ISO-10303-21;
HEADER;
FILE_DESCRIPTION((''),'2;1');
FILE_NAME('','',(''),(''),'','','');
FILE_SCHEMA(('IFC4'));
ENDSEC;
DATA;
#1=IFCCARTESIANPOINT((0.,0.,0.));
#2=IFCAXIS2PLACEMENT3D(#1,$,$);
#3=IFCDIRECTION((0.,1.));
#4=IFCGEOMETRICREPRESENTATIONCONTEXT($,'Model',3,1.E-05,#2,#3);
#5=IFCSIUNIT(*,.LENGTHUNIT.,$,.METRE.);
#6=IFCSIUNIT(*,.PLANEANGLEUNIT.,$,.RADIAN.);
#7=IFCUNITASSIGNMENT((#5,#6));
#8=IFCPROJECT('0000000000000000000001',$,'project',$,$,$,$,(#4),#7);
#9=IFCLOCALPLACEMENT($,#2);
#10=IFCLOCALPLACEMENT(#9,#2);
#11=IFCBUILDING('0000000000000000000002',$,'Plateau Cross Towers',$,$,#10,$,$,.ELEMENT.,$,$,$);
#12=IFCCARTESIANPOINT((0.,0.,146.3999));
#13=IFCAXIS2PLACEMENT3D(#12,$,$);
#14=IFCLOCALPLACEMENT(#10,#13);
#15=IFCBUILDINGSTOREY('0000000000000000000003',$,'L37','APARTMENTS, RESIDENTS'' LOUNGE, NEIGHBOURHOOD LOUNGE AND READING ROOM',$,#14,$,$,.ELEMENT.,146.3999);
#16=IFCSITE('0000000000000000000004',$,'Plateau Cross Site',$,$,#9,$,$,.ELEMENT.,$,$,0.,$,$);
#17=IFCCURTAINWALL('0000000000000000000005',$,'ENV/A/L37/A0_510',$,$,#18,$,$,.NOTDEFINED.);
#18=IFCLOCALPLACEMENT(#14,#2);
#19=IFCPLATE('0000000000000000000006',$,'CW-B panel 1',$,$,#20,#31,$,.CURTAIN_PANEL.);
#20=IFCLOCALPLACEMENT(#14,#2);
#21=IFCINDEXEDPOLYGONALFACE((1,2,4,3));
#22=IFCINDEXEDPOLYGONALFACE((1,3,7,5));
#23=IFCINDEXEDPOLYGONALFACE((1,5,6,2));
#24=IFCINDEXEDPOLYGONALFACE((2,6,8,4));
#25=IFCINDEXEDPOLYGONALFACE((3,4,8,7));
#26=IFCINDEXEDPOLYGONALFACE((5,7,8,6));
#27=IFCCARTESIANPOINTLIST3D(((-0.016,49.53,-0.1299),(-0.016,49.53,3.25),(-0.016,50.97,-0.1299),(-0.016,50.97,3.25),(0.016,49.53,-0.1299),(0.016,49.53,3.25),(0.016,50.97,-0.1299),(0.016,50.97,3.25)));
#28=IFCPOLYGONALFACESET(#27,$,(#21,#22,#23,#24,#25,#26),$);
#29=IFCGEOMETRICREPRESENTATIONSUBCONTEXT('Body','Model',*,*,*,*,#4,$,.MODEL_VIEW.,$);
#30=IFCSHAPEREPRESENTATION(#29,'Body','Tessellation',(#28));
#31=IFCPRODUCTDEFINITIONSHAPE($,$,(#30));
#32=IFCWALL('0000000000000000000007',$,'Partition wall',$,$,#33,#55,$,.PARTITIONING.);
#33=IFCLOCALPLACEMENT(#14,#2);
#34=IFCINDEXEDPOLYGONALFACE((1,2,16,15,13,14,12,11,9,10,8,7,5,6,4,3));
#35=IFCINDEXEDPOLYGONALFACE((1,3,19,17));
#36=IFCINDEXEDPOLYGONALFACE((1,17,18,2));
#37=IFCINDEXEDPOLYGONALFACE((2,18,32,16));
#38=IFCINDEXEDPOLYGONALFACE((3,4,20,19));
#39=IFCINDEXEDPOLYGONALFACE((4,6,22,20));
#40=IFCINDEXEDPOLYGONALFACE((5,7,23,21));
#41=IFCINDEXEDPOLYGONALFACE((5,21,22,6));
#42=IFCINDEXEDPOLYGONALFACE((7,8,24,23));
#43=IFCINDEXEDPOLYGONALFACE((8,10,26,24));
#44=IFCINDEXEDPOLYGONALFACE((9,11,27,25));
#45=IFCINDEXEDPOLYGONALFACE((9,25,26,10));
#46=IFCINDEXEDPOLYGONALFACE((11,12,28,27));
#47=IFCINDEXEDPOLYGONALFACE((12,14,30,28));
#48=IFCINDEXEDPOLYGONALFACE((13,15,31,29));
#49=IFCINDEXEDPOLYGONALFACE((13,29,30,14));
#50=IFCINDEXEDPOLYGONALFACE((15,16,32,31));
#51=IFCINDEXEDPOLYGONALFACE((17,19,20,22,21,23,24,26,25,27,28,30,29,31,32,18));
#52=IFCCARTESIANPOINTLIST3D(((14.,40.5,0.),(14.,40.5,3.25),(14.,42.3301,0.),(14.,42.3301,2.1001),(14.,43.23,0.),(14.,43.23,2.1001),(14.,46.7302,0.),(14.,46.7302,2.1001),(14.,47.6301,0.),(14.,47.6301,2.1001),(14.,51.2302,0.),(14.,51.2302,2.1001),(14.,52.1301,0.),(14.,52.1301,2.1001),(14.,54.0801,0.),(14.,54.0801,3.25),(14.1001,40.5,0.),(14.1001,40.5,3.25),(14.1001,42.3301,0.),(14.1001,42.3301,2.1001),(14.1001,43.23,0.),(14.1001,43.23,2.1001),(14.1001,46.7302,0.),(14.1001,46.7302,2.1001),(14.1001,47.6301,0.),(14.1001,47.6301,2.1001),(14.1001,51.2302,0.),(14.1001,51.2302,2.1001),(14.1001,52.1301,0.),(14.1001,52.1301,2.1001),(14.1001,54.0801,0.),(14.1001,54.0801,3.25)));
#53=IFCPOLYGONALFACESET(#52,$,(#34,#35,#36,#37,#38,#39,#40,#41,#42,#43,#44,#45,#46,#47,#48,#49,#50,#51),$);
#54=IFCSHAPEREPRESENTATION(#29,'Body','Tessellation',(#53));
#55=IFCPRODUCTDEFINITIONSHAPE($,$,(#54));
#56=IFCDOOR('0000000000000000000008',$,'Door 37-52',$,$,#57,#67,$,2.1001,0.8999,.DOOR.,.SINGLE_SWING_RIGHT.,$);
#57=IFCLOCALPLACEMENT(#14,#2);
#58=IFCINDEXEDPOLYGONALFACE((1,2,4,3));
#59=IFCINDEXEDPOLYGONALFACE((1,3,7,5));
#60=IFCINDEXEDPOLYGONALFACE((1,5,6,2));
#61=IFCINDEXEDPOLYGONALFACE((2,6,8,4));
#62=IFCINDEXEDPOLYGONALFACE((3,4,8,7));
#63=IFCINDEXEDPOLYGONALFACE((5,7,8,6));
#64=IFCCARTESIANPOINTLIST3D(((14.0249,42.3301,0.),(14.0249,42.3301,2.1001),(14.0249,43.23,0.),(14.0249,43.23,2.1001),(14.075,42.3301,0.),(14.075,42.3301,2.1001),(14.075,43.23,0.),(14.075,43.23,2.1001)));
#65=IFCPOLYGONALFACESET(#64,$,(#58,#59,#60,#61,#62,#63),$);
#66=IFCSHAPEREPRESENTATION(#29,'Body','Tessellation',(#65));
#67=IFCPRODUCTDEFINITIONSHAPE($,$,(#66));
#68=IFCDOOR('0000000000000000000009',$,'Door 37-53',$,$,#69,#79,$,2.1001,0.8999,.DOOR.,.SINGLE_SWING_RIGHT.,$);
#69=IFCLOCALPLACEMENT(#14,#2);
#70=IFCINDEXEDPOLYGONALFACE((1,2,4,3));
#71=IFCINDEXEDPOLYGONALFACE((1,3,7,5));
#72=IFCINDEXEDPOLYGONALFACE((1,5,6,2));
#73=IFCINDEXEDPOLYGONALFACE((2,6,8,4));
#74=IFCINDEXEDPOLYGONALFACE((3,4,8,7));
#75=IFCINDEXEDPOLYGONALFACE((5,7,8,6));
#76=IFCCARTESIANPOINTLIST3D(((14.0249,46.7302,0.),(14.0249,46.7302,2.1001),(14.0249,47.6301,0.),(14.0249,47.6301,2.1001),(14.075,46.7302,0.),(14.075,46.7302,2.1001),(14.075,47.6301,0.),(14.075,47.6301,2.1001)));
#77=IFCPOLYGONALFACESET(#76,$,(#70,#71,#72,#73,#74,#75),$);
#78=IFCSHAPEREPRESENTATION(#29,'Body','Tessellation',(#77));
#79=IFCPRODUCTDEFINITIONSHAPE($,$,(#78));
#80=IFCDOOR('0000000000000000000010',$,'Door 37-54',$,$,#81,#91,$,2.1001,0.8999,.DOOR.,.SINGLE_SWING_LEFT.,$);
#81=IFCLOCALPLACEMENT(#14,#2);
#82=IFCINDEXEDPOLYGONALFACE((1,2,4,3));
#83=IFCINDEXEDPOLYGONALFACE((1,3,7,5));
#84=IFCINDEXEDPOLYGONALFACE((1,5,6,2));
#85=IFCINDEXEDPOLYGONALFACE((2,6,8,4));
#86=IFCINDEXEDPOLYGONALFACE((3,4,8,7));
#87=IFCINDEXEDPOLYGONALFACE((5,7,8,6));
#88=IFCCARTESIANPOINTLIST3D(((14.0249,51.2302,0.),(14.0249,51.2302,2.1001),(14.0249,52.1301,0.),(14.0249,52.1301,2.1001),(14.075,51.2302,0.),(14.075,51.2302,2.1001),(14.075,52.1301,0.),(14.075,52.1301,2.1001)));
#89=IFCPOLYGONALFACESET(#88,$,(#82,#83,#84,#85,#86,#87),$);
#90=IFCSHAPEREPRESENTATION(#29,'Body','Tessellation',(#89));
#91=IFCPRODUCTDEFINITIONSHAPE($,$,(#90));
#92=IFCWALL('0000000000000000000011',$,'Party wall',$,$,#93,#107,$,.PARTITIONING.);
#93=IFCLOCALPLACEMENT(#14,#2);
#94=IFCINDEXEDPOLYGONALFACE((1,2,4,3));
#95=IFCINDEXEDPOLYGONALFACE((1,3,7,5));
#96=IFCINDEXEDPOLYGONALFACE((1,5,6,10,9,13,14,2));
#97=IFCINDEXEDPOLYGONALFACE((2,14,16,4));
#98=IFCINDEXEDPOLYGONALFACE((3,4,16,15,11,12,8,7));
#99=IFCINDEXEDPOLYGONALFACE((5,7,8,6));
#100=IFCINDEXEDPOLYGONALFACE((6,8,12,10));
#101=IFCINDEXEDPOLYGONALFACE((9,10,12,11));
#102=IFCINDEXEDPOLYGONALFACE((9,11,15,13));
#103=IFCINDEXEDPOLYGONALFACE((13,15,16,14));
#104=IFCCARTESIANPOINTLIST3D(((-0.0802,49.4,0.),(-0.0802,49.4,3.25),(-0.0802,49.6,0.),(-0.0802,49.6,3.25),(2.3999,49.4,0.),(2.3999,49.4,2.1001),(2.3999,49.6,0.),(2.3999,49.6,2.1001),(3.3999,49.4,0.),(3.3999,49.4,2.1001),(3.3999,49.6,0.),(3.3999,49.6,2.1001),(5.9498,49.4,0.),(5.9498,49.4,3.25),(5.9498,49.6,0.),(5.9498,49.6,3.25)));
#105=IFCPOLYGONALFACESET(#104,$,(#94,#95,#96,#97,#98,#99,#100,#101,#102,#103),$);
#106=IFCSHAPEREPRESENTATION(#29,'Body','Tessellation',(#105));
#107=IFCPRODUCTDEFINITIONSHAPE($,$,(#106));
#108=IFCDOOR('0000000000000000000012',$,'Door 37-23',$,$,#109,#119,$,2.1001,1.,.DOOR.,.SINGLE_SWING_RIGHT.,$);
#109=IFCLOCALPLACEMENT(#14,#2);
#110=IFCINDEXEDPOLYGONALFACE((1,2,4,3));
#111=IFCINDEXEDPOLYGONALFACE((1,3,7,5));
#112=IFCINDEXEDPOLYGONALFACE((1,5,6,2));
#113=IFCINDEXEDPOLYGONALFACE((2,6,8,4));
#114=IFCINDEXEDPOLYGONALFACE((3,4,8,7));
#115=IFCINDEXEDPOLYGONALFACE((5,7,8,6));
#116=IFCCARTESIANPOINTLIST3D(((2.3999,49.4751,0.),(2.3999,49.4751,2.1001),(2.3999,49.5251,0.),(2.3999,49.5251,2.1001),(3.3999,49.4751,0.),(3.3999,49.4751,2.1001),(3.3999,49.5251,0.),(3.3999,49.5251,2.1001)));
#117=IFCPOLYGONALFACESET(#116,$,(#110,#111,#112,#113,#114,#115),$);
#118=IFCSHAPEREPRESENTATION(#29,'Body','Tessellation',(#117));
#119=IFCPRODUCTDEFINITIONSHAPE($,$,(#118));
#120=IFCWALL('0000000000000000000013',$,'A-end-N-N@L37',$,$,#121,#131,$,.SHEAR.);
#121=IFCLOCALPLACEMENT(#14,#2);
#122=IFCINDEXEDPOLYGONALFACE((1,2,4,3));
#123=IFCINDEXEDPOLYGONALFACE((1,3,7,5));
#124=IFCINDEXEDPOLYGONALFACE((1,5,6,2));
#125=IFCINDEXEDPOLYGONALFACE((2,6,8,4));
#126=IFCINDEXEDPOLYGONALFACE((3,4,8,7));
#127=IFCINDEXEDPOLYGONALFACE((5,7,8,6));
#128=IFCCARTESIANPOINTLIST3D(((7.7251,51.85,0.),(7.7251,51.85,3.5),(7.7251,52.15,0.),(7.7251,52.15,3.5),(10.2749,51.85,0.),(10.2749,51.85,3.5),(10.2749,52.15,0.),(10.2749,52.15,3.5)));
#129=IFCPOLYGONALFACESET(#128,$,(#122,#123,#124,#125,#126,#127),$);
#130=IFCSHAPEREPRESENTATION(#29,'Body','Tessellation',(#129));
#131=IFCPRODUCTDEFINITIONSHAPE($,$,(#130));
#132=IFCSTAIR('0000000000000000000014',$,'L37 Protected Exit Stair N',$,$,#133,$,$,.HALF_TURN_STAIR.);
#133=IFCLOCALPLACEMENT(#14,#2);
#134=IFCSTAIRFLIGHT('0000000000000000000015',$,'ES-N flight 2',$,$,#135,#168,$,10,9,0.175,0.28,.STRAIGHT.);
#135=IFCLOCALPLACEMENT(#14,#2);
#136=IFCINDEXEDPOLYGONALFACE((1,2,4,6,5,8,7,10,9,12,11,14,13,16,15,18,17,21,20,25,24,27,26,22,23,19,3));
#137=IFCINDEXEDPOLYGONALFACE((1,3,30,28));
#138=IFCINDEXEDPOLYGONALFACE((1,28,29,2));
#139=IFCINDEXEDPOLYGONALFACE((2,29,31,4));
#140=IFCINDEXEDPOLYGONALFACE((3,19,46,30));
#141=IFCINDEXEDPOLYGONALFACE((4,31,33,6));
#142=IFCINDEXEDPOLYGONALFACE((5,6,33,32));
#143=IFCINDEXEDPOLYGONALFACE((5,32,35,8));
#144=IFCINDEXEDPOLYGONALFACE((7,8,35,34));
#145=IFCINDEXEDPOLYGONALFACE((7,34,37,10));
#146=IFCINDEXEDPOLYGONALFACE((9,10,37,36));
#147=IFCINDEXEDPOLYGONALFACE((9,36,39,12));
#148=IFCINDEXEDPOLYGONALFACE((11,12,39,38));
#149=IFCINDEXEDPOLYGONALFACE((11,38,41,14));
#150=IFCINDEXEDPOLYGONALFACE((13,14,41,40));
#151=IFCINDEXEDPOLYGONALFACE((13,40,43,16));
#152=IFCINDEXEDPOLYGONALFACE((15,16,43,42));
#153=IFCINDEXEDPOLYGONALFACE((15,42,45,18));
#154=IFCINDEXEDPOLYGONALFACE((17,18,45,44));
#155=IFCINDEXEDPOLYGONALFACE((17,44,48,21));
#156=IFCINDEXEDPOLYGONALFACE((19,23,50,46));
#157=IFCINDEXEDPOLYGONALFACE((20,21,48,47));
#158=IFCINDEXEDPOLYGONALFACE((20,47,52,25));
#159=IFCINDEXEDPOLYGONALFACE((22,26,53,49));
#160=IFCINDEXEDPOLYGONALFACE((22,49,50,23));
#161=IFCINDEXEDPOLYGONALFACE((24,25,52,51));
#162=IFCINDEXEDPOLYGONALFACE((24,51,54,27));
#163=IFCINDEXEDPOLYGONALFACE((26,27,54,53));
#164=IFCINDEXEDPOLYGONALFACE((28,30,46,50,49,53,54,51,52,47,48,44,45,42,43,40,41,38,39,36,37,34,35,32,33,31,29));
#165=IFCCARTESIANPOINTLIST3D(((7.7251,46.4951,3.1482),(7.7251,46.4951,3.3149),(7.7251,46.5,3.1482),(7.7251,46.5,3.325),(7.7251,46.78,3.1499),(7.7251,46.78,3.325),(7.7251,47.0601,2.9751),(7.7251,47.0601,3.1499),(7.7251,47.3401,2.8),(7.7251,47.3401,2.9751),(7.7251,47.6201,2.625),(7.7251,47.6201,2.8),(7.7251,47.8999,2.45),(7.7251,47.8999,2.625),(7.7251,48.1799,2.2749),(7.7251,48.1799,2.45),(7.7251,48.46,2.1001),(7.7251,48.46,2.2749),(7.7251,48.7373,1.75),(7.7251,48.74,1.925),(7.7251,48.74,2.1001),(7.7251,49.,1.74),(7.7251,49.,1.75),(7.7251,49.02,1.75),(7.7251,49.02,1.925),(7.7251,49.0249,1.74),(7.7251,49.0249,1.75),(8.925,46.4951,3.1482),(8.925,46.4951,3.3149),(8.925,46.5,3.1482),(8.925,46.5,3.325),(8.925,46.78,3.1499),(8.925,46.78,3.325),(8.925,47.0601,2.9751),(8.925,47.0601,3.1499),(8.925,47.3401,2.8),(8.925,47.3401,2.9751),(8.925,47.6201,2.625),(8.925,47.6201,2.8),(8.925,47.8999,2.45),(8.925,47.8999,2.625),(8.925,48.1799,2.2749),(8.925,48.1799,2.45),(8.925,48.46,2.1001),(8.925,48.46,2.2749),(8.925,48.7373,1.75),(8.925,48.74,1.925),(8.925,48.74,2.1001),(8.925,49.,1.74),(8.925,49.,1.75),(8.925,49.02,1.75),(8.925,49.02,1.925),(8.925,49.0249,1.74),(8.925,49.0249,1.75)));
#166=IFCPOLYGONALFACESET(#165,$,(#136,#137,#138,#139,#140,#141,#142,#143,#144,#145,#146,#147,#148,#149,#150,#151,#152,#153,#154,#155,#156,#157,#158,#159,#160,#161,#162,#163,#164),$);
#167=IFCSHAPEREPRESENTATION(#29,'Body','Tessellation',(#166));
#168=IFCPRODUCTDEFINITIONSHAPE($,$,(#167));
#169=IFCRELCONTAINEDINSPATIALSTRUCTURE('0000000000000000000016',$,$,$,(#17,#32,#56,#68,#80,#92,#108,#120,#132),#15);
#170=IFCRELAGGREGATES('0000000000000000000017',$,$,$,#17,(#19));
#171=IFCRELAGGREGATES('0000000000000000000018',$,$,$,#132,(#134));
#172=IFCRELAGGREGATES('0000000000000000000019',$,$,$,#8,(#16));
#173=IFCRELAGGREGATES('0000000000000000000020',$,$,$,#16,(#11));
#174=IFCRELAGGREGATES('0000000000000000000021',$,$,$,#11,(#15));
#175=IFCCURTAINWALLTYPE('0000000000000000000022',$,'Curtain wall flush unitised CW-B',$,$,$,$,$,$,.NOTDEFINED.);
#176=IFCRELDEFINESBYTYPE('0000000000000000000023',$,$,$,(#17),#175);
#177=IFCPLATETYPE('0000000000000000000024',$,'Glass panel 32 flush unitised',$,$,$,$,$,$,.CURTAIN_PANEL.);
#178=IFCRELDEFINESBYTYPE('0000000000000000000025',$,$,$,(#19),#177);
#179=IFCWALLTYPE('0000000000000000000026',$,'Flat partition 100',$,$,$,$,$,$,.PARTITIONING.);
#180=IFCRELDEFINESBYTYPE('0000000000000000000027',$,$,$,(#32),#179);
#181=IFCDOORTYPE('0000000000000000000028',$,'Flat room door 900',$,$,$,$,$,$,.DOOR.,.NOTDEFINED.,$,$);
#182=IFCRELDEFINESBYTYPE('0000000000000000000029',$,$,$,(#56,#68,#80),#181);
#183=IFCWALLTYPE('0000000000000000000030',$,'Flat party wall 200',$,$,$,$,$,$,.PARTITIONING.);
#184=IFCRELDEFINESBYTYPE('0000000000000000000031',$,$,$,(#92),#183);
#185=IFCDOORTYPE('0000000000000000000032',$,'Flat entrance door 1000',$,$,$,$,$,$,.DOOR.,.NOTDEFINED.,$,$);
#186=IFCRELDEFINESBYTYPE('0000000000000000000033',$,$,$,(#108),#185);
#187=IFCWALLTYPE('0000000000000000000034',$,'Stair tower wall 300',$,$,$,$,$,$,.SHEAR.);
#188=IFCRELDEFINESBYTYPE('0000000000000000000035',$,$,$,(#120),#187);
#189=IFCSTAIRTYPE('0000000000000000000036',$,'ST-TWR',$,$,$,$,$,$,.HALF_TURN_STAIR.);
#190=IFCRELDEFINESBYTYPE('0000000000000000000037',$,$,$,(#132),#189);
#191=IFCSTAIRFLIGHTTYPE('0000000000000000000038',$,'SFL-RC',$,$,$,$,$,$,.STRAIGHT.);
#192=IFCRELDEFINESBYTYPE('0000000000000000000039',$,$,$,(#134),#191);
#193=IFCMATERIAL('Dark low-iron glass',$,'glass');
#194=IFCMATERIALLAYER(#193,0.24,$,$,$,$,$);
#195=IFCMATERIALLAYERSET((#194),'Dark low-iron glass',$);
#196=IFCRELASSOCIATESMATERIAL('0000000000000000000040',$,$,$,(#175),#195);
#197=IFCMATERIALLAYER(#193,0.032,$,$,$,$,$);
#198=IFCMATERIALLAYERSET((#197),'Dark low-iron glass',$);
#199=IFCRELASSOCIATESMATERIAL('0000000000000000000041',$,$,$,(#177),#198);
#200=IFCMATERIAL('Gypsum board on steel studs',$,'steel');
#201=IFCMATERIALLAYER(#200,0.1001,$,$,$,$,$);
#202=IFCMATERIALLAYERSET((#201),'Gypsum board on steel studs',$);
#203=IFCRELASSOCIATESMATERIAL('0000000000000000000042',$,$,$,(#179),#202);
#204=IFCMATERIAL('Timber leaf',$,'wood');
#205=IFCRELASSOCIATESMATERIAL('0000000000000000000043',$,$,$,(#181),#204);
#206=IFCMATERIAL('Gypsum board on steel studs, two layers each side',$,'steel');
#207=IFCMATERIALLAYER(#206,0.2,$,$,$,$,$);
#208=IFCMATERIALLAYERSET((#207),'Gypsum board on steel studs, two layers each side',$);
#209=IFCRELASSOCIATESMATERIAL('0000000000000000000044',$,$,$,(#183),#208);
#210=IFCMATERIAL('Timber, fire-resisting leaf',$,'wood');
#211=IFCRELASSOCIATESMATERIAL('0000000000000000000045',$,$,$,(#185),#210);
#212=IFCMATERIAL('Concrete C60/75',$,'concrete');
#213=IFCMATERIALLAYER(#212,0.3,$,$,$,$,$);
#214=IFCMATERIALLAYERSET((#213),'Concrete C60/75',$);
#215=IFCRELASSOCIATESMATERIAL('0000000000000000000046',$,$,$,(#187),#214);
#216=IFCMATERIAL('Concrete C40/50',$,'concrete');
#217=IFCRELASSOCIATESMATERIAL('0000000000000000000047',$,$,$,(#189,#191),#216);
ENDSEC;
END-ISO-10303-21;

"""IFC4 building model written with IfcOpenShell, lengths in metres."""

from ifc_helpers import new_model, si_unit, direction, frame, frame_2d, origin, origin_2d, place, context, subcontext, project, spatial, polyline, rectangle, outline, extrude, material, layer, layer_set, type_object, element, fill, aggregate, save


model = new_model("IFC4")

# Units and contexts
model_context = context("Model", 3, precision=1e-05, world=origin(), true_north=direction((0.0, 1.0)))
body_context = subcontext(model_context, "Body", "Model", "MODEL_VIEW")
ifc_project = project(units=[si_unit("LENGTHUNIT", "METRE"), si_unit("PLANEANGLEUNIT", "RADIAN")], contexts=[model_context])

# Site, building, storey
site_placement = place(None, origin())
site = spatial("IfcSite", under=ifc_project, at=site_placement, Name="Plateau Cross Site", CompositionType="ELEMENT", RefElevation=0.0)
building_placement = place(site_placement, origin())
building = spatial("IfcBuilding", under=site, at=building_placement, Name="Plateau Cross Towers", CompositionType="ELEMENT")
storey_placement = place(building_placement, frame((0.0, 0.0, 146.3999)))
storey = spatial("IfcBuildingStorey", under=building, at=storey_placement, Name="L37", Description="APARTMENTS, RESIDENTS' LOUNGE, NEIGHBOURHOOD LOUNGE AND READING ROOM", CompositionType="ELEMENT", Elevation=146.3999)

# Shared definitions
ifc_material_1 = material(Name="Concrete C60/75", Category="concrete")

# Shared definitions
ifc_material_2 = material(Name="Dark low-iron glass", Category="glass")
ifc_layer_1 = layer(ifc_material_2, 0.24)
ifc_layer_set_1 = layer_set([ifc_layer_1], Name="Dark low-iron glass")
curtain_wall_type = type_object("IfcCurtainWallType", Name="Curtain wall flush unitised CW-B", PredefinedType="NOTDEFINED", material=ifc_layer_set_1)

# Curtain wall
curtain_wall_1_placement = place(storey_placement, origin())
curtain_wall_1 = element("IfcCurtainWall", 1, at=curtain_wall_1_placement, inside=storey, type_object=curtain_wall_type, Name="ENV/A/L37/A0_510", PredefinedType="NOTDEFINED")

# Plate
ifc_layer_2 = layer(ifc_material_2, 0.032)
ifc_layer_set_2 = layer_set([ifc_layer_2], Name="Dark low-iron glass")
plate_type = type_object("IfcPlateType", Name="Glass panel 32 flush unitised", PredefinedType="CURTAIN_PANEL", material=ifc_layer_set_2)
plate_1_placement = place(storey_placement, frame((0.0, 50.25, -0.1299), z_axis=(0.0, 0.0, 1.0), x_axis=(0.0, -1.0, 0.0)))
plate_1 = element("IfcPlate", 2, at=plate_1_placement, type_object=plate_type, Name="CW-B panel 1", PredefinedType="CURTAIN_PANEL", context=body_context, shape_type="SweptSolid", body=[
    extrude(rectangle(XDim=1.4399, YDim=0.032, at=origin_2d()), origin(), (0.0, 0.0, 1.0), 3.3799),
])
aggregate(curtain_wall_1, [plate_1])

# Wall, openings, doors
ifc_material_3 = material(Name="Gypsum board on steel studs", Category="steel")
ifc_layer_3 = layer(ifc_material_3, 0.1001)
ifc_layer_set_3 = layer_set([ifc_layer_3], Name="Gypsum board on steel studs")
wall_type_1 = type_object("IfcWallType", Name="Flat partition 100", PredefinedType="PARTITIONING", material=ifc_layer_set_3)
wall_1_placement = place(storey_placement, frame((14.05, 54.0801, 0.0), z_axis=(0.0, 0.0, 1.0), x_axis=(0.0, -1.0, 0.0)))
wall_1 = element("IfcWall", 3, at=wall_1_placement, inside=storey, type_object=wall_type_1, Name="Partition wall", PredefinedType="PARTITIONING", context=body_context, shape_type="SweptSolid", body=[
    extrude(rectangle(XDim=13.5801, YDim=0.1001, at=frame_2d((6.79, 0.0))), origin(), (0.0, 0.0, 1.0), 3.25),
])
opening_1_placement = place(wall_1_placement, frame((10.8501, 0.0, 0.0)))
opening_1 = element("IfcOpeningElement", 4, at=opening_1_placement, cuts=wall_1, PredefinedType="OPENING", context=body_context, shape_type="SweptSolid", body=[
    extrude(rectangle(XDim=0.8999, YDim=2.1001, at=frame_2d((0.45, 1.05))), frame((0.0, 0.0601, 0.0), z_axis=(0.0, -1.0, 0.0), x_axis=(1.0, 0.0, 0.0)), (0.0, 0.0, 1.0), 0.1201),
])
opening_2_placement = place(wall_1_placement, frame((6.45, 0.0, 0.0)))
opening_2 = element("IfcOpeningElement", 5, at=opening_2_placement, cuts=wall_1, PredefinedType="OPENING", context=body_context, shape_type="SweptSolid", body=[
    extrude(rectangle(XDim=0.8999, YDim=2.1001, at=frame_2d((0.45, 1.05))), frame((0.0, 0.0601, 0.0), z_axis=(0.0, -1.0, 0.0), x_axis=(1.0, 0.0, 0.0)), (0.0, 0.0, 1.0), 0.1201),
])
opening_3_placement = place(wall_1_placement, frame((1.95, 0.0, 0.0)))
opening_3 = element("IfcOpeningElement", 6, at=opening_3_placement, cuts=wall_1, PredefinedType="OPENING", context=body_context, shape_type="SweptSolid", body=[
    extrude(rectangle(XDim=0.8999, YDim=2.1001, at=frame_2d((0.45, 1.05))), frame((0.0, 0.0601, 0.0), z_axis=(0.0, -1.0, 0.0), x_axis=(1.0, 0.0, 0.0)), (0.0, 0.0, 1.0), 0.1201),
])
ifc_material_4 = material(Name="Timber leaf", Category="wood")
door_type_1 = type_object("IfcDoorType", Name="Flat room door 900", OperationType="NOTDEFINED", PredefinedType="DOOR", material=ifc_material_4)
door_1_placement = place(opening_1_placement, origin())
door_1 = element("IfcDoor", 7, at=door_1_placement, inside=storey, type_object=door_type_1, Name="Door 37-52", OperationType="SINGLE_SWING_RIGHT", OverallHeight=2.1001, OverallWidth=0.8999, PredefinedType="DOOR", context=body_context, shape_type="SweptSolid", body=[
    extrude(rectangle(XDim=0.8999, YDim=2.1001, at=frame_2d((0.45, 1.05))), frame((0.0, 0.0249, 0.0), z_axis=(0.0, -1.0, 0.0), x_axis=(1.0, 0.0, 0.0)), (0.0, 0.0, 1.0), 0.05),
])
fill(opening_1, door_1)
door_2_placement = place(opening_2_placement, origin())
door_2 = element("IfcDoor", 8, at=door_2_placement, inside=storey, type_object=door_type_1, Name="Door 37-53", OperationType="SINGLE_SWING_RIGHT", OverallHeight=2.1001, OverallWidth=0.8999, PredefinedType="DOOR", context=body_context, shape_type="SweptSolid", body=[
    extrude(rectangle(XDim=0.8999, YDim=2.1001, at=frame_2d((0.45, 1.05))), frame((0.0, 0.0249, 0.0), z_axis=(0.0, -1.0, 0.0), x_axis=(1.0, 0.0, 0.0)), (0.0, 0.0, 1.0), 0.05),
])
fill(opening_2, door_2)
door_3_placement = place(opening_3_placement, origin())
door_3 = element("IfcDoor", 9, at=door_3_placement, inside=storey, type_object=door_type_1, Name="Door 37-54", OperationType="SINGLE_SWING_LEFT", OverallHeight=2.1001, OverallWidth=0.8999, PredefinedType="DOOR", context=body_context, shape_type="SweptSolid", body=[
    extrude(rectangle(XDim=0.8999, YDim=2.1001, at=frame_2d((0.45, 1.05))), frame((0.0, 0.0249, 0.0), z_axis=(0.0, -1.0, 0.0), x_axis=(1.0, 0.0, 0.0)), (0.0, 0.0, 1.0), 0.05),
])
fill(opening_3, door_3)

# Wall, opening, door
ifc_material_5 = material(Name="Gypsum board on steel studs, two layers each side", Category="steel")
ifc_layer_4 = layer(ifc_material_5, 0.2)
ifc_layer_set_4 = layer_set([ifc_layer_4], Name="Gypsum board on steel studs, two layers each side")
wall_type_2 = type_object("IfcWallType", Name="Flat party wall 200", PredefinedType="PARTITIONING", material=ifc_layer_set_4)
wall_2_placement = place(storey_placement, frame((5.95, 49.5, 0.0), z_axis=(0.0, 0.0, 1.0), x_axis=(-1.0, 0.0, 0.0)))
wall_2 = element("IfcWall", 10, at=wall_2_placement, inside=storey, type_object=wall_type_2, Name="Party wall", PredefinedType="PARTITIONING", context=body_context, shape_type="SweptSolid", body=[
    extrude(rectangle(XDim=6.03, YDim=0.2, at=frame_2d((3.0151, 0.0))), origin(), (0.0, 0.0, 1.0), 3.25),
])
opening_4_placement = place(wall_2_placement, frame((2.55, 0.0, 0.0)))
opening_4 = element("IfcOpeningElement", 11, at=opening_4_placement, cuts=wall_2, PredefinedType="OPENING", context=body_context, shape_type="SweptSolid", body=[
    extrude(rectangle(XDim=1.0, YDim=2.1001, at=frame_2d((0.5, 1.05))), frame((0.0, 0.1099, 0.0), z_axis=(0.0, -1.0, 0.0), x_axis=(1.0, 0.0, 0.0)), (0.0, 0.0, 1.0), 0.22),
])
ifc_material_6 = material(Name="Timber, fire-resisting leaf", Category="wood")
door_type_2 = type_object("IfcDoorType", Name="Flat entrance door 1000", OperationType="NOTDEFINED", PredefinedType="DOOR", material=ifc_material_6)
door_4_placement = place(opening_4_placement, origin())
door_4 = element("IfcDoor", 12, at=door_4_placement, inside=storey, type_object=door_type_2, Name="Door 37-23", OperationType="SINGLE_SWING_RIGHT", OverallHeight=2.1001, OverallWidth=1.0, PredefinedType="DOOR", context=body_context, shape_type="SweptSolid", body=[
    extrude(rectangle(XDim=1.0, YDim=2.1001, at=frame_2d((0.5, 1.05))), frame((0.0, 0.0249, 0.0), z_axis=(0.0, -1.0, 0.0), x_axis=(1.0, 0.0, 0.0)), (0.0, 0.0, 1.0), 0.05),
])
fill(opening_4, door_4)

# Wall
ifc_layer_5 = layer(ifc_material_1, 0.3)
ifc_layer_set_5 = layer_set([ifc_layer_5], Name="Concrete C60/75")
wall_type_3 = type_object("IfcWallType", Name="Stair tower wall 300", PredefinedType="SHEAR", material=ifc_layer_set_5)
wall_3_placement = place(storey_placement, frame((7.7251, 52.0, 0.0), z_axis=(0.0, 0.0, 1.0), x_axis=(1.0, 0.0, 0.0)))
element("IfcWall", 13, at=wall_3_placement, inside=storey, type_object=wall_type_3, Name="A-end-N-N@L37", PredefinedType="SHEAR", context=body_context, shape_type="SweptSolid", body=[
    extrude(rectangle(XDim=2.5498, YDim=0.3, at=frame_2d((1.2749, 0.0))), origin(), (0.0, 0.0, 1.0), 3.5),
])

# Stair, stair flight
ifc_material_7 = material(Name="Concrete C40/50", Category="concrete")
stair_type = type_object("IfcStairType", Name="ST-TWR", PredefinedType="HALF_TURN_STAIR", material=ifc_material_7)
stair_placement = place(storey_placement, origin())
stair = element("IfcStair", 14, at=stair_placement, inside=storey, type_object=stair_type, Name="L37 Protected Exit Stair N", PredefinedType="HALF_TURN_STAIR")
stair_flight_type = type_object("IfcStairFlightType", Name="SFL-RC", PredefinedType="STRAIGHT", material=ifc_material_7)
stair_flight_placement = place(storey_placement, frame((8.325, 49.02, 1.75), z_axis=(0.0, 0.0, 1.0), x_axis=(0.0, -1.0, 0.0)))
stair_flight = element("IfcStairFlight", 15, at=stair_flight_placement, type_object=stair_flight_type, Name="ES-N flight 2", NumberOfRisers=10, NumberOfTreads=9, PredefinedType="STRAIGHT", RiserHeight=0.175, TreadLength=0.28, context=body_context, shape_type="SweptSolid", body=[
    extrude(outline(polyline([(-0.0049, -0.01), (-0.0049, 0.0), (0.0, 0.0), (0.0, 0.175), (0.28, 0.175), (0.28, 0.3501), (0.5601, 0.3501), (0.5601, 0.5249), (0.8401, 0.5249), (0.8401, 0.7), (1.1201, 0.7), (1.1201, 0.875), (1.3999, 0.875), (1.3999, 1.05), (1.6799, 1.05), (1.6799, 1.2251), (1.96, 1.2251), (1.96, 1.3999), (2.24, 1.3999), (2.24, 1.575), (2.52, 1.575), (2.5249, 1.5649), (2.5249, 1.3982), (2.52, 1.3982), (0.2827, 0.0), (0.02, 0.0), (0.02, -0.01), (-0.0049, -0.01)])), frame((0.0, 0.6001, 0.0), z_axis=(0.0, -1.0, 0.0), x_axis=(1.0, 0.0, 0.0)), (0.0, 0.0, 1.0), 1.2),
])
aggregate(stair, [stair_flight])

save(model, "model.ifc")
